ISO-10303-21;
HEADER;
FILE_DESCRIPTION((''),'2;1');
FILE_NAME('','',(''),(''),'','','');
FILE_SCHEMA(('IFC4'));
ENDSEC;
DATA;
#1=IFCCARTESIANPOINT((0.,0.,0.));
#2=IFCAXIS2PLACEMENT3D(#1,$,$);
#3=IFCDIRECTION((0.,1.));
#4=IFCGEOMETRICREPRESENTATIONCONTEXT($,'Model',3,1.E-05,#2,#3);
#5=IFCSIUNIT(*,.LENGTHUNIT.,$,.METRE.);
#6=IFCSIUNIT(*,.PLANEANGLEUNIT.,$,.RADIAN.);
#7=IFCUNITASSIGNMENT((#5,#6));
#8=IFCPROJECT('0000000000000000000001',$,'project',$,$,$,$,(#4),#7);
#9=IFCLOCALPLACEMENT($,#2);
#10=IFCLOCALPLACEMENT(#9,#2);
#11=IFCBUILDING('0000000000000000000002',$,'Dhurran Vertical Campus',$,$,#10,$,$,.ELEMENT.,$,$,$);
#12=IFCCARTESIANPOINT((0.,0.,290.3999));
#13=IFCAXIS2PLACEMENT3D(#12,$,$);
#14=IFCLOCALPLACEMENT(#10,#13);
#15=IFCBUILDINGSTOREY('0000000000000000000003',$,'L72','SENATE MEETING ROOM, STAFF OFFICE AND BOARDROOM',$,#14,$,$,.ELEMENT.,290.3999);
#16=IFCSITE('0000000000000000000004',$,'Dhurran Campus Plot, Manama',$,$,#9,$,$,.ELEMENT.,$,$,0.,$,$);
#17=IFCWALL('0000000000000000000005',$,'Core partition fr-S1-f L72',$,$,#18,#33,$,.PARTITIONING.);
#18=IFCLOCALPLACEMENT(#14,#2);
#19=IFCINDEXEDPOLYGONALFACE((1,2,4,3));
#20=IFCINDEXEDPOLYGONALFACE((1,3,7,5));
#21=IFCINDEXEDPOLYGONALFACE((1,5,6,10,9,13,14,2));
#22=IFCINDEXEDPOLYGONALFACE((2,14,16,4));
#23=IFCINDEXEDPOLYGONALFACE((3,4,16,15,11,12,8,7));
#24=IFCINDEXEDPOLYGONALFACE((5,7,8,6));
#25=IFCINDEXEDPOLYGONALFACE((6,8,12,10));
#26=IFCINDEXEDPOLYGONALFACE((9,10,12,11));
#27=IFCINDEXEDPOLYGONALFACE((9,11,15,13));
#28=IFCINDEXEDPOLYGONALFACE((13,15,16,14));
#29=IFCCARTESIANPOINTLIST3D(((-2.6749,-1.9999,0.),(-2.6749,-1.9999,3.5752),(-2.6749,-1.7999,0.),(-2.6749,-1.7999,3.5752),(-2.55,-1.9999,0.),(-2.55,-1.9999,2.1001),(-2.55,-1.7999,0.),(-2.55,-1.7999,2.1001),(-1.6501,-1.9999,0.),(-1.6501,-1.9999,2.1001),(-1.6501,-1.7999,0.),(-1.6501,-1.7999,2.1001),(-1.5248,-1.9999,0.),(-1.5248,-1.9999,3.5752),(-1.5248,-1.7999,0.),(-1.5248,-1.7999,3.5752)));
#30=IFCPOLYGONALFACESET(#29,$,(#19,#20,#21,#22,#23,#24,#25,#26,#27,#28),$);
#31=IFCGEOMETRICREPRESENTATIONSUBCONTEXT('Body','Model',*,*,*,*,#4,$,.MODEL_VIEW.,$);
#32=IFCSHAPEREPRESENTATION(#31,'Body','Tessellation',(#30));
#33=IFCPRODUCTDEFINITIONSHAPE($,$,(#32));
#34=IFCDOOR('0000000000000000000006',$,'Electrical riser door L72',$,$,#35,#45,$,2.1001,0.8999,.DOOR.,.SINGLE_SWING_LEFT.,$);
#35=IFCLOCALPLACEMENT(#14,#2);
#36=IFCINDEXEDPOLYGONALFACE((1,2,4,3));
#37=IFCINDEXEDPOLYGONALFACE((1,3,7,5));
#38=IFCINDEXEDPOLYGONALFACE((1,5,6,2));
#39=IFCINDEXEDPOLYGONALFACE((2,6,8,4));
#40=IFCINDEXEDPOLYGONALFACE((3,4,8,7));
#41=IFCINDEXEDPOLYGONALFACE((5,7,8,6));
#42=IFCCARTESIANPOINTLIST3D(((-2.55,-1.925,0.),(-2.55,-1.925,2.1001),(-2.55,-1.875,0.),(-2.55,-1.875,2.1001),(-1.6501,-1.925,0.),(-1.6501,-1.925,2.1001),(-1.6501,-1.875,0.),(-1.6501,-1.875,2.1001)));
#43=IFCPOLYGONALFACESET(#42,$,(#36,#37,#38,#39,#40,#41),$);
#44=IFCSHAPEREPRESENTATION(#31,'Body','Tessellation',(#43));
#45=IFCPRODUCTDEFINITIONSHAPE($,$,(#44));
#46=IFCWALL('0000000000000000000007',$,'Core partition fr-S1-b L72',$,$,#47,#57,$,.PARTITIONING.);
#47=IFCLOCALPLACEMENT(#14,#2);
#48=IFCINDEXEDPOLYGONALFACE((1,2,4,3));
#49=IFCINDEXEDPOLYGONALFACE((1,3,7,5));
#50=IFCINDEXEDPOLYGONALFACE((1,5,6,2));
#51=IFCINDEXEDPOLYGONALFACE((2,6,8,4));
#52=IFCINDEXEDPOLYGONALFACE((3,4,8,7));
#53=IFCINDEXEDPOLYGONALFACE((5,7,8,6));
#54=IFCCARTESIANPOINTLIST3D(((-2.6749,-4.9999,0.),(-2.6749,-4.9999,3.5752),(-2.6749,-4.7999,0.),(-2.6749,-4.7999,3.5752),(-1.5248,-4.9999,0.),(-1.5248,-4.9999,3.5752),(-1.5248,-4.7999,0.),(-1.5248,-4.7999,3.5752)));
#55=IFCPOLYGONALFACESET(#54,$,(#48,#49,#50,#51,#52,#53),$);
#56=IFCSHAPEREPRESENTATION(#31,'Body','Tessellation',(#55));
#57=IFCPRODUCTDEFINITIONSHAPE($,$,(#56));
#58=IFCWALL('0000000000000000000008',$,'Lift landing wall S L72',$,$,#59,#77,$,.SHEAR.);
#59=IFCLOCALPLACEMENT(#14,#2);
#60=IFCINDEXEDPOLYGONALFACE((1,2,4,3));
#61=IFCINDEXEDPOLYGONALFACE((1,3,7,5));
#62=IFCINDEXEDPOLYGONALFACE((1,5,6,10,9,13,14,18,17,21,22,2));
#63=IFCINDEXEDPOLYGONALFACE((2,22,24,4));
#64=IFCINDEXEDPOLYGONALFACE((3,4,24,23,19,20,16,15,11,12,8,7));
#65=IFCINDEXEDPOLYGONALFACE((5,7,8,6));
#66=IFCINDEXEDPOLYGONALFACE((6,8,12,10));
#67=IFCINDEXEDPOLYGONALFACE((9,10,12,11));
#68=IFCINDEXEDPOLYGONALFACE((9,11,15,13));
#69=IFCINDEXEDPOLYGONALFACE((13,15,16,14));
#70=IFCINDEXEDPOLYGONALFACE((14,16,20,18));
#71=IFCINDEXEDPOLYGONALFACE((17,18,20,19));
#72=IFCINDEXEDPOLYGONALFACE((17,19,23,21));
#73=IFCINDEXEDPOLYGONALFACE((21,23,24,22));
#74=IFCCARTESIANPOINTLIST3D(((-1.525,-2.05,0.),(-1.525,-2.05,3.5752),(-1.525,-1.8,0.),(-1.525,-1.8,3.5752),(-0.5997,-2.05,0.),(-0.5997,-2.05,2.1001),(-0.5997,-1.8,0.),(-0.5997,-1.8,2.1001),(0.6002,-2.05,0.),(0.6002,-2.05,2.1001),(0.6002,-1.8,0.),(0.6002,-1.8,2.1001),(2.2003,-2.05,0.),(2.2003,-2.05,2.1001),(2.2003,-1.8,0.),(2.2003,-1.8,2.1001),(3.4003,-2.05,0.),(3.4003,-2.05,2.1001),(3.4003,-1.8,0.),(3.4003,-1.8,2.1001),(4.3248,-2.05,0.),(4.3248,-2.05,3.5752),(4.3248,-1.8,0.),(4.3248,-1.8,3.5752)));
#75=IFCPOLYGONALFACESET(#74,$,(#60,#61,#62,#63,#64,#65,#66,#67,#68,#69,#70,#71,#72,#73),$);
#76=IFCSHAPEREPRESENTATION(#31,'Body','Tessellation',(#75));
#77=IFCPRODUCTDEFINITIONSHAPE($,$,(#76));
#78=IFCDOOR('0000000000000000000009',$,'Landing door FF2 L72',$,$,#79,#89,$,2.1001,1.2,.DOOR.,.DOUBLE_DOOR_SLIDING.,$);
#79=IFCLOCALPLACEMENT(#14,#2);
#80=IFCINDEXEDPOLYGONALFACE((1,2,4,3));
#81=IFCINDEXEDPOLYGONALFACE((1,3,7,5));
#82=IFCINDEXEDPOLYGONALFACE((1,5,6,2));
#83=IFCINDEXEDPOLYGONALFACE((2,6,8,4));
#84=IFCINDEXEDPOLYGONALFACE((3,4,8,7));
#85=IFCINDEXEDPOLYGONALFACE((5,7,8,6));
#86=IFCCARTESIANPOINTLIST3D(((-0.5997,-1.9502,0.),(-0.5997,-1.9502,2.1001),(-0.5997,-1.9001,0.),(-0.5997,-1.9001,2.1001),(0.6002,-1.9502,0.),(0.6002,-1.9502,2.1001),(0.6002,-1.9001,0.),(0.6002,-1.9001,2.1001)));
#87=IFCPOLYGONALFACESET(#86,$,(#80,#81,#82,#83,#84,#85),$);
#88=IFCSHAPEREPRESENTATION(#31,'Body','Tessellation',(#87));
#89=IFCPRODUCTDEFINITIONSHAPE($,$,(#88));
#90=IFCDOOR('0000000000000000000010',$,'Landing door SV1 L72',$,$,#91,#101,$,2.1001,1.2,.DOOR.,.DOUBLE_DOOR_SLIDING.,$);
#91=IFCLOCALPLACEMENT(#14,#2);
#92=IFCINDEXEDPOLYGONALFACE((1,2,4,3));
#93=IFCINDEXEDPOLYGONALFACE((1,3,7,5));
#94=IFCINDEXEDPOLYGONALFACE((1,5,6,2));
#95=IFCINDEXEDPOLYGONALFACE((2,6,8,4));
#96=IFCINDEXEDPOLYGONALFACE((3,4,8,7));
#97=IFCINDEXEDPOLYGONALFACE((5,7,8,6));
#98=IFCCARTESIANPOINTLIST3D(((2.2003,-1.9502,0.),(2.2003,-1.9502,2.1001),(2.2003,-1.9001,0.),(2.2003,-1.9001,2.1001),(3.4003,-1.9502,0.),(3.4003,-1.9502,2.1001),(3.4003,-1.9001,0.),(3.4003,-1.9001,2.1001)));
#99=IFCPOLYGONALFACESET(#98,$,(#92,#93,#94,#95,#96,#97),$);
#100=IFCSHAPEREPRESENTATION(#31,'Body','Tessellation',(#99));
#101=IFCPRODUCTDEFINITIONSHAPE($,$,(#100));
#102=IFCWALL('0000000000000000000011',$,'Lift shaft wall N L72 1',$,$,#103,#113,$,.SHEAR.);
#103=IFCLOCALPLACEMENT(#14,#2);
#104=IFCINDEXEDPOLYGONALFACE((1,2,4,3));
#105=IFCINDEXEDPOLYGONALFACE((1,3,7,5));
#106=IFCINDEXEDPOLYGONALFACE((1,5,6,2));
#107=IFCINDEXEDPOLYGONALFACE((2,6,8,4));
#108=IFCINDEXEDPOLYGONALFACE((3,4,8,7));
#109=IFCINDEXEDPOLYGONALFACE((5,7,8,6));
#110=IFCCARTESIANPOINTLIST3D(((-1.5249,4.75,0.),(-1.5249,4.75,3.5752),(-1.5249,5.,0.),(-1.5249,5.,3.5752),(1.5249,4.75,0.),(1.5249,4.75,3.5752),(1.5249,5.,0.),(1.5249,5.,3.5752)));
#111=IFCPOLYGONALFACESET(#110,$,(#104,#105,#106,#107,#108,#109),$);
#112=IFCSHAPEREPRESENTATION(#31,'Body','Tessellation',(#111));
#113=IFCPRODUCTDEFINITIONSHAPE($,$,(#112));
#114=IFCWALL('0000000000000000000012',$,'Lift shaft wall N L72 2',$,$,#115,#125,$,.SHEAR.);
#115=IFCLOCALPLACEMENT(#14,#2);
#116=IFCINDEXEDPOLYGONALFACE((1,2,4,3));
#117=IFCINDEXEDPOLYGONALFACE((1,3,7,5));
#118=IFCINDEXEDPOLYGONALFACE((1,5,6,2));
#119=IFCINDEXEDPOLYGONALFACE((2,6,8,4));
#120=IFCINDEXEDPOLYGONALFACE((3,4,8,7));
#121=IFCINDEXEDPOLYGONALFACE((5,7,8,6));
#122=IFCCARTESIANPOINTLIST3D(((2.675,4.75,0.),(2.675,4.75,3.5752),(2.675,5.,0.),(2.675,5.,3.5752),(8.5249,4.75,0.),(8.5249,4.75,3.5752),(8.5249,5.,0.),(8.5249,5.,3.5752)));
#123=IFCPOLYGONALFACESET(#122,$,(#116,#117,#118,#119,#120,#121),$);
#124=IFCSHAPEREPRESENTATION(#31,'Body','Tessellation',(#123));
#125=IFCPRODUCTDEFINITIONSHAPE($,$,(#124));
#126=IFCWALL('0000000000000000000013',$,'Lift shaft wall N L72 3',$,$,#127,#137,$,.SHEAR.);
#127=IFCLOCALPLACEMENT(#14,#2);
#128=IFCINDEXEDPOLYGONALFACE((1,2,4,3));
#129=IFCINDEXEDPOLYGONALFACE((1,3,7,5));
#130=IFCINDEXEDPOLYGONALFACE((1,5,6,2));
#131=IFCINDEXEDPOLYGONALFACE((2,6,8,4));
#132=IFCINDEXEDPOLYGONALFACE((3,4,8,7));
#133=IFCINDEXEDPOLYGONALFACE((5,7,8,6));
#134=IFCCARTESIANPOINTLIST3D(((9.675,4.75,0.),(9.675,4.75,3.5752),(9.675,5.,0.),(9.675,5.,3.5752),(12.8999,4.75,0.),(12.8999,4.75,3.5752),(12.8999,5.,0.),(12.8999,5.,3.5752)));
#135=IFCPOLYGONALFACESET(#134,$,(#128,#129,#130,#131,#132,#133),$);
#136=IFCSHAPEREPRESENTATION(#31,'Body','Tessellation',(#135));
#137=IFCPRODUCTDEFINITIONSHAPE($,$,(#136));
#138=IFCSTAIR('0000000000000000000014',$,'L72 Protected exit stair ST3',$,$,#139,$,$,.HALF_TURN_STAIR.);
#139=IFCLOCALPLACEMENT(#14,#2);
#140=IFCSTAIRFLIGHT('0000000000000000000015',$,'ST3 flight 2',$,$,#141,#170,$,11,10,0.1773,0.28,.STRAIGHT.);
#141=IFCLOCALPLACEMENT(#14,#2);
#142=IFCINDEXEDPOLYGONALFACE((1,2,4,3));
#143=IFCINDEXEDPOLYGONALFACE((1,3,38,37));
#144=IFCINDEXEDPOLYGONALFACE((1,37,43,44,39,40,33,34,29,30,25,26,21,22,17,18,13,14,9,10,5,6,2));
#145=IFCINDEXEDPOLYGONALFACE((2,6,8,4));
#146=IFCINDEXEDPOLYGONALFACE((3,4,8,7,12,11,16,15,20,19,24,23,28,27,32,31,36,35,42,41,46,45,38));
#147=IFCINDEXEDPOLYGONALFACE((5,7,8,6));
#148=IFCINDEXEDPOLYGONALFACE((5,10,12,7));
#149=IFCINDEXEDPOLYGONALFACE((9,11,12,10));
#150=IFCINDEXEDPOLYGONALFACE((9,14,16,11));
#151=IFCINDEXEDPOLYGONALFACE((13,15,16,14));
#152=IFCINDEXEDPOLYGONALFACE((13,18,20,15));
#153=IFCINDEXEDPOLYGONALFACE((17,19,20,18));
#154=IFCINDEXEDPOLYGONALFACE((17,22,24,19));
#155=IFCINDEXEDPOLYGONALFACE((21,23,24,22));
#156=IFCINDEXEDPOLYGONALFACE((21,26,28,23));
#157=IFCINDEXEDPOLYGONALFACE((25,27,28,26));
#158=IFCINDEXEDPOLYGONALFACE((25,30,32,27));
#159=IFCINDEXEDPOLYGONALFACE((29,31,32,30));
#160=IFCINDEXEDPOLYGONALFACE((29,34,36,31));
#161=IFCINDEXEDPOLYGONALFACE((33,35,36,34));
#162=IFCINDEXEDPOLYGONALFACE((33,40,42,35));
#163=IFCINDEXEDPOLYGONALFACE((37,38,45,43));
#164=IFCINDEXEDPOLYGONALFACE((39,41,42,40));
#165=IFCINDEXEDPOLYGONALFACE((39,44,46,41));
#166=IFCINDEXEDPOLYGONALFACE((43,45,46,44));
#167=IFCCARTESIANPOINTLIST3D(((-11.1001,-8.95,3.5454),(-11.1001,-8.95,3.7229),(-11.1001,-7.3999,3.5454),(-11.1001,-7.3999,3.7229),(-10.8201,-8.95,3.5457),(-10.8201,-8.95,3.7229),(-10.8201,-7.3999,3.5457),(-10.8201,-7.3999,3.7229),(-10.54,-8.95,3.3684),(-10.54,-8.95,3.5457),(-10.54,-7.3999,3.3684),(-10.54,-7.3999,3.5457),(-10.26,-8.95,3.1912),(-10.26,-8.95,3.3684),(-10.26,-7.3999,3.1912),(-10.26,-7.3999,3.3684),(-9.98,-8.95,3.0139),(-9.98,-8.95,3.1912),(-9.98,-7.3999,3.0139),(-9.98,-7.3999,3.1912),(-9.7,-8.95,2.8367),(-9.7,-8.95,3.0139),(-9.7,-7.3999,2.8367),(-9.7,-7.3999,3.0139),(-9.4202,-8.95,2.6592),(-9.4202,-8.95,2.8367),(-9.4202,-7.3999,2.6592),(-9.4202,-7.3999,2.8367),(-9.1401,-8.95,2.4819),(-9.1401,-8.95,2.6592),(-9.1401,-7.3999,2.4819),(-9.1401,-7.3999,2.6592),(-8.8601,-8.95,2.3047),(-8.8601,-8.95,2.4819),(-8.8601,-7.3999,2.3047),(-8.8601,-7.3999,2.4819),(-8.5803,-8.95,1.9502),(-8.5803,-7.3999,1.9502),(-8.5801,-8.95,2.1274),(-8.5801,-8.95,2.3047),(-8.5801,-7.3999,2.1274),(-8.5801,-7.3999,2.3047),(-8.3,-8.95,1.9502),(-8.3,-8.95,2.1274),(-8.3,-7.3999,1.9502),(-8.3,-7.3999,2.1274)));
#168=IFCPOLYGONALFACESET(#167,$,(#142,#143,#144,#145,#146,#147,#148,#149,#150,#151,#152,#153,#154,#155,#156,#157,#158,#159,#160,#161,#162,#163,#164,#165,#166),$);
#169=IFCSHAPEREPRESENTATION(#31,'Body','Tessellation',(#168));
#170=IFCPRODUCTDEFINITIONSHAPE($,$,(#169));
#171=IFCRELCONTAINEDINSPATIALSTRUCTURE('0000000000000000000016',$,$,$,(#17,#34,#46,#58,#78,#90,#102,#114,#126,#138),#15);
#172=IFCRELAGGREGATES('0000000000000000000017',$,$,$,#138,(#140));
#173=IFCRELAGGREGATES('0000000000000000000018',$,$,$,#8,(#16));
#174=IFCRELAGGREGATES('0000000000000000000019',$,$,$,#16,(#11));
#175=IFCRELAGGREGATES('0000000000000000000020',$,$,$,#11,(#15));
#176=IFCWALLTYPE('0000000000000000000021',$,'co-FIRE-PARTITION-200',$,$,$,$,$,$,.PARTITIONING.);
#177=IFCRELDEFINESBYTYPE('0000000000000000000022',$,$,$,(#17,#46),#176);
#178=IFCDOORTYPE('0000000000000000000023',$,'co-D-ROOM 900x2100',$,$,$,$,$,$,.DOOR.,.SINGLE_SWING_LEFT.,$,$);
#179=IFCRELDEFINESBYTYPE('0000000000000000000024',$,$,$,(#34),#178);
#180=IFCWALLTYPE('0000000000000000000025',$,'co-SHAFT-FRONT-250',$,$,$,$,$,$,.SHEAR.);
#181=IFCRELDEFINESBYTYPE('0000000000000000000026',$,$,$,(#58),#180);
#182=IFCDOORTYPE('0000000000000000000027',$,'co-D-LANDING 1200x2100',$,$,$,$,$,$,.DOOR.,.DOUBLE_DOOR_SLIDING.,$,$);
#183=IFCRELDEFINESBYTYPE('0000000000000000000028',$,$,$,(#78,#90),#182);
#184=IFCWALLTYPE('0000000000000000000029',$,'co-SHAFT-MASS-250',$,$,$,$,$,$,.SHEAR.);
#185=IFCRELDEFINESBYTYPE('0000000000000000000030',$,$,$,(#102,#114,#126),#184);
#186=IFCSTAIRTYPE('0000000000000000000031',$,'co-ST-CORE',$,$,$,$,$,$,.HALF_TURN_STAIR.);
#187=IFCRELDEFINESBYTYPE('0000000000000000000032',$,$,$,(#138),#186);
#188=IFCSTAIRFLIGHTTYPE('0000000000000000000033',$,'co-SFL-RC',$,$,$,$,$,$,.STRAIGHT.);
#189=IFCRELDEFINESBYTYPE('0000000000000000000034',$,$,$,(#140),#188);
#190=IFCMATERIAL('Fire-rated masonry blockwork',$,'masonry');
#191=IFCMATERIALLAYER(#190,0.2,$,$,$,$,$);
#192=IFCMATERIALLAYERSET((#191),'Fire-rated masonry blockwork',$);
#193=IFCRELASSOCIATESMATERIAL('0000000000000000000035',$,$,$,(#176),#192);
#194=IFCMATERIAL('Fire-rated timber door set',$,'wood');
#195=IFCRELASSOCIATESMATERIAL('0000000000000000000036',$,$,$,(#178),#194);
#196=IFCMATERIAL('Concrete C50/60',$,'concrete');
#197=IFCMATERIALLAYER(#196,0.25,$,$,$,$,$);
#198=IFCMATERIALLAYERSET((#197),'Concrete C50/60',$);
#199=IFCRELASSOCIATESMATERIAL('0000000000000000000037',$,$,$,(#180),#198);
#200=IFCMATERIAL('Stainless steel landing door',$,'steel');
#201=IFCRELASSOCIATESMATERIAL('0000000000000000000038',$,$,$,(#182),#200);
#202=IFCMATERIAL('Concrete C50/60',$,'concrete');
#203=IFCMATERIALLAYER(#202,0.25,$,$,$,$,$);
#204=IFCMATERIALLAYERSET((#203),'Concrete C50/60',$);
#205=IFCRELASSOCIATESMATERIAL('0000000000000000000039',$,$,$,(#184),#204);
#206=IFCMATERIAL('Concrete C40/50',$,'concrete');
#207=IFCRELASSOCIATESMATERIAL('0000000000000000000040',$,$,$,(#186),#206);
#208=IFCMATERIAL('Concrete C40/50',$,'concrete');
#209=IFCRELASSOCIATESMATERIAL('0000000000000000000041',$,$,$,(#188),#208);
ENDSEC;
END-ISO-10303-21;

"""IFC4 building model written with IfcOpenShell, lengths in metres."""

from ifc_helpers import new_model, si_unit, direction, frame, frame_2d, origin, place, context, subcontext, project, spatial, polyline, rectangle, outline, extrude, material, layer, layer_set, type_object, element, fill, aggregate, save


model = new_model("IFC4")

# Units and contexts
model_context = context("Model", 3, precision=1e-05, world=origin(), true_north=direction((0.0, 1.0)))
body_context = subcontext(model_context, "Body", "Model", "MODEL_VIEW")
ifc_project = project(units=[si_unit("LENGTHUNIT", "METRE"), si_unit("PLANEANGLEUNIT", "RADIAN")], contexts=[model_context])

# Site, building, storey
site_placement = place(None, origin())
site = spatial("IfcSite", under=ifc_project, at=site_placement, Name="Dhurran Campus Plot, Manama", CompositionType="ELEMENT", RefElevation=0.0)
building_placement = place(site_placement, origin())
building = spatial("IfcBuilding", under=site, at=building_placement, Name="Dhurran Vertical Campus", CompositionType="ELEMENT")
storey_placement = place(building_placement, frame((0.0, 0.0, 290.3999)))
storey = spatial("IfcBuildingStorey", under=building, at=storey_placement, Name="L72", Description="SENATE MEETING ROOM, STAFF OFFICE AND BOARDROOM", CompositionType="ELEMENT", Elevation=290.3999)

# Shared definitions
ifc_material_1 = material(Name="Fire-rated masonry blockwork", Category="masonry")
ifc_layer_1 = layer(ifc_material_1, 0.2)
ifc_layer_set_1 = layer_set([ifc_layer_1], Name="Fire-rated masonry blockwork")
wall_type_1 = type_object("IfcWallType", Name="co-FIRE-PARTITION-200", PredefinedType="PARTITIONING", material=ifc_layer_set_1)

# Wall, opening, door
wall_1_placement = place(storey_placement, frame((-2.675, -1.8999, 0.0), z_axis=(0.0, 0.0, 1.0), x_axis=(1.0, 0.0, 0.0)))
wall_1 = element("IfcWall", 1, at=wall_1_placement, inside=storey, type_object=wall_type_1, Name="Core partition fr-S1-f L72", PredefinedType="PARTITIONING", context=body_context, shape_type="SweptSolid", body=[
    extrude(rectangle(XDim=1.1501, YDim=0.2, at=frame_2d((0.5752, 0.0))), origin(), (0.0, 0.0, 1.0), 3.5752),
])
opening_1_placement = place(wall_1_placement, frame((0.125, 0.0, 0.0)))
opening_1 = element("IfcOpeningElement", 2, at=opening_1_placement, cuts=wall_1, PredefinedType="OPENING", context=body_context, shape_type="SweptSolid", body=[
    extrude(rectangle(XDim=0.8999, YDim=2.1001, at=frame_2d((0.45, 1.05))), frame((0.0, 0.1099, 0.0), z_axis=(0.0, -1.0, 0.0), x_axis=(1.0, 0.0, 0.0)), (0.0, 0.0, 1.0), 0.22),
])
ifc_material_2 = material(Name="Fire-rated timber door set", Category="wood")
door_type_1 = type_object("IfcDoorType", Name="co-D-ROOM 900x2100", OperationType="SINGLE_SWING_LEFT", PredefinedType="DOOR", material=ifc_material_2)
door_1_placement = place(opening_1_placement, origin())
door_1 = element("IfcDoor", 3, at=door_1_placement, inside=storey, type_object=door_type_1, Name="Electrical riser door L72", OperationType="SINGLE_SWING_LEFT", OverallHeight=2.1001, OverallWidth=0.8999, PredefinedType="DOOR", context=body_context, shape_type="SweptSolid", body=[
    extrude(rectangle(XDim=0.8999, YDim=2.1001, at=frame_2d((0.45, 1.05))), frame((0.0, 0.0249, 0.0), z_axis=(0.0, -1.0, 0.0), x_axis=(1.0, 0.0, 0.0)), (0.0, 0.0, 1.0), 0.05),
])
fill(opening_1, door_1)

# Wall
wall_2_placement = place(storey_placement, frame((-2.675, -4.8999, 0.0), z_axis=(0.0, 0.0, 1.0), x_axis=(1.0, 0.0, 0.0)))
element("IfcWall", 4, at=wall_2_placement, inside=storey, type_object=wall_type_1, Name="Core partition fr-S1-b L72", PredefinedType="PARTITIONING", context=body_context, shape_type="SweptSolid", body=[
    extrude(rectangle(XDim=1.1501, YDim=0.2, at=frame_2d((0.5752, 0.0))), origin(), (0.0, 0.0, 1.0), 3.5752),
])

# Wall, openings, doors
ifc_material_3 = material(Name="Concrete C50/60", Category="concrete")
ifc_layer_2 = layer(ifc_material_3, 0.25)
ifc_layer_set_2 = layer_set([ifc_layer_2], Name="Concrete C50/60")
wall_type_2 = type_object("IfcWallType", Name="co-SHAFT-FRONT-250", PredefinedType="SHEAR", material=ifc_layer_set_2)
wall_3_placement = place(storey_placement, frame((-1.5249, -1.925, 0.0), z_axis=(0.0, 0.0, 1.0), x_axis=(1.0, 0.0, 0.0)))
wall_3 = element("IfcWall", 5, at=wall_3_placement, inside=storey, type_object=wall_type_2, Name="Lift landing wall S L72", PredefinedType="SHEAR", context=body_context, shape_type="SweptSolid", body=[
    extrude(rectangle(XDim=5.8499, YDim=0.25, at=frame_2d((2.9248, 0.0))), origin(), (0.0, 0.0, 1.0), 3.5752),
])
opening_2_placement = place(wall_3_placement, frame((0.925, 0.0, 0.0)))
opening_2 = element("IfcOpeningElement", 6, at=opening_2_placement, cuts=wall_3, PredefinedType="OPENING", context=body_context, shape_type="SweptSolid", body=[
    extrude(rectangle(XDim=1.2, YDim=2.1001, at=frame_2d((0.6001, 1.05))), frame((0.0, 0.135, 0.0), z_axis=(0.0, -1.0, 0.0), x_axis=(1.0, 0.0, 0.0)), (0.0, 0.0, 1.0), 0.27),
])
opening_3_placement = place(wall_3_placement, frame((3.7251, 0.0, 0.0)))
opening_3 = element("IfcOpeningElement", 7, at=opening_3_placement, cuts=wall_3, PredefinedType="OPENING", context=body_context, shape_type="SweptSolid", body=[
    extrude(rectangle(XDim=1.2, YDim=2.1001, at=frame_2d((0.6001, 1.05))), frame((0.0, 0.135, 0.0), z_axis=(0.0, -1.0, 0.0), x_axis=(1.0, 0.0, 0.0)), (0.0, 0.0, 1.0), 0.27),
])
ifc_material_4 = material(Name="Stainless steel landing door", Category="steel")
door_type_2 = type_object("IfcDoorType", Name="co-D-LANDING 1200x2100", OperationType="DOUBLE_DOOR_SLIDING", PredefinedType="DOOR", material=ifc_material_4)
door_2_placement = place(opening_2_placement, origin())
door_2 = element("IfcDoor", 8, at=door_2_placement, inside=storey, type_object=door_type_2, Name="Landing door FF2 L72", OperationType="DOUBLE_DOOR_SLIDING", OverallHeight=2.1001, OverallWidth=1.2, PredefinedType="DOOR", context=body_context, shape_type="SweptSolid", body=[
    extrude(rectangle(XDim=1.2, YDim=2.1001, at=frame_2d((0.6001, 1.05))), frame((0.0, 0.0249, 0.0), z_axis=(0.0, -1.0, 0.0), x_axis=(1.0, 0.0, 0.0)), (0.0, 0.0, 1.0), 0.05),
])
fill(opening_2, door_2)
door_3_placement = place(opening_3_placement, origin())
door_3 = element("IfcDoor", 9, at=door_3_placement, inside=storey, type_object=door_type_2, Name="Landing door SV1 L72", OperationType="DOUBLE_DOOR_SLIDING", OverallHeight=2.1001, OverallWidth=1.2, PredefinedType="DOOR", context=body_context, shape_type="SweptSolid", body=[
    extrude(rectangle(XDim=1.2, YDim=2.1001, at=frame_2d((0.6001, 1.05))), frame((0.0, 0.0249, 0.0), z_axis=(0.0, -1.0, 0.0), x_axis=(1.0, 0.0, 0.0)), (0.0, 0.0, 1.0), 0.05),
])
fill(opening_3, door_3)

# Walls
ifc_material_5 = material(Name="Concrete C50/60", Category="concrete")
ifc_layer_3 = layer(ifc_material_5, 0.25)
ifc_layer_set_3 = layer_set([ifc_layer_3], Name="Concrete C50/60")
wall_type_3 = type_object("IfcWallType", Name="co-SHAFT-MASS-250", PredefinedType="SHEAR", material=ifc_layer_set_3)
wall_4_placement = place(storey_placement, origin())
element("IfcWall", 10, at=wall_4_placement, inside=storey, type_object=wall_type_3, Name="Lift shaft wall N L72 1", PredefinedType="SHEAR", context=body_context, shape_type="SweptSolid", body=[
    extrude(outline(polyline([(-1.5249, 4.75), (1.5249, 4.75), (1.5249, 5.0), (-1.5249, 5.0), (-1.5249, 4.75)])), origin(), (0.0, 0.0, 1.0), 3.5752),
])
wall_5_placement = place(storey_placement, origin())
element("IfcWall", 11, at=wall_5_placement, inside=storey, type_object=wall_type_3, Name="Lift shaft wall N L72 2", PredefinedType="SHEAR", context=body_context, shape_type="SweptSolid", body=[
    extrude(outline(polyline([(2.675, 4.75), (8.5249, 4.75), (8.5249, 5.0), (2.675, 5.0), (2.675, 4.75)])), origin(), (0.0, 0.0, 1.0), 3.5752),
])
wall_6_placement = place(storey_placement, origin())
element("IfcWall", 12, at=wall_6_placement, inside=storey, type_object=wall_type_3, Name="Lift shaft wall N L72 3", PredefinedType="SHEAR", context=body_context, shape_type="SweptSolid", body=[
    extrude(outline(polyline([(9.675, 4.75), (12.8999, 4.75), (12.8999, 5.0), (9.675, 5.0), (9.675, 4.75)])), origin(), (0.0, 0.0, 1.0), 3.5752),
])

# Stair, stair flight
ifc_material_6 = material(Name="Concrete C40/50", Category="concrete")
stair_type = type_object("IfcStairType", Name="co-ST-CORE", PredefinedType="HALF_TURN_STAIR", material=ifc_material_6)
stair_placement = place(storey_placement, origin())
stair = element("IfcStair", 13, at=stair_placement, inside=storey, type_object=stair_type, Name="L72 Protected exit stair ST3", PredefinedType="HALF_TURN_STAIR")
ifc_material_7 = material(Name="Concrete C40/50", Category="concrete")
stair_flight_type = type_object("IfcStairFlightType", Name="co-SFL-RC", PredefinedType="STRAIGHT", material=ifc_material_7)
stair_flight_placement = place(storey_placement, frame((-8.3, -8.175, 1.9502), z_axis=(0.0, 0.0, 1.0), x_axis=(-1.0, 0.0, 0.0)))
stair_flight = element("IfcStairFlight", 14, at=stair_flight_placement, type_object=stair_flight_type, Name="ST3 flight 2", NumberOfRisers=11, NumberOfTreads=10, PredefinedType="STRAIGHT", RiserHeight=0.1773, TreadLength=0.28, context=body_context, shape_type="SweptSolid", body=[
    extrude(outline(polyline([(0.0, 0.0), (0.0, 0.1772), (0.28, 0.1772), (0.28, 0.3545), (0.5601, 0.3545), (0.5601, 0.5317), (0.8401, 0.5317), (0.8401, 0.709), (1.1201, 0.709), (1.1201, 0.8865), (1.3999, 0.8865), (1.3999, 1.0637), (1.6799, 1.0637), (1.6799, 1.241), (1.96, 1.241), (1.96, 1.4182), (2.24, 1.4182), (2.24, 1.5955), (2.52, 1.5955), (2.52, 1.7727), (2.8, 1.7727), (2.8, 1.95), (2.8, 1.5952), (0.2803, 0.0), (0.0, 0.0)])), frame((0.0, 0.7749, 0.0), z_axis=(0.0, -1.0, 0.0), x_axis=(1.0, 0.0, 0.0)), (0.0, 0.0, 1.0), 1.55),
])
aggregate(stair, [stair_flight])

save(model, "model.ifc")
